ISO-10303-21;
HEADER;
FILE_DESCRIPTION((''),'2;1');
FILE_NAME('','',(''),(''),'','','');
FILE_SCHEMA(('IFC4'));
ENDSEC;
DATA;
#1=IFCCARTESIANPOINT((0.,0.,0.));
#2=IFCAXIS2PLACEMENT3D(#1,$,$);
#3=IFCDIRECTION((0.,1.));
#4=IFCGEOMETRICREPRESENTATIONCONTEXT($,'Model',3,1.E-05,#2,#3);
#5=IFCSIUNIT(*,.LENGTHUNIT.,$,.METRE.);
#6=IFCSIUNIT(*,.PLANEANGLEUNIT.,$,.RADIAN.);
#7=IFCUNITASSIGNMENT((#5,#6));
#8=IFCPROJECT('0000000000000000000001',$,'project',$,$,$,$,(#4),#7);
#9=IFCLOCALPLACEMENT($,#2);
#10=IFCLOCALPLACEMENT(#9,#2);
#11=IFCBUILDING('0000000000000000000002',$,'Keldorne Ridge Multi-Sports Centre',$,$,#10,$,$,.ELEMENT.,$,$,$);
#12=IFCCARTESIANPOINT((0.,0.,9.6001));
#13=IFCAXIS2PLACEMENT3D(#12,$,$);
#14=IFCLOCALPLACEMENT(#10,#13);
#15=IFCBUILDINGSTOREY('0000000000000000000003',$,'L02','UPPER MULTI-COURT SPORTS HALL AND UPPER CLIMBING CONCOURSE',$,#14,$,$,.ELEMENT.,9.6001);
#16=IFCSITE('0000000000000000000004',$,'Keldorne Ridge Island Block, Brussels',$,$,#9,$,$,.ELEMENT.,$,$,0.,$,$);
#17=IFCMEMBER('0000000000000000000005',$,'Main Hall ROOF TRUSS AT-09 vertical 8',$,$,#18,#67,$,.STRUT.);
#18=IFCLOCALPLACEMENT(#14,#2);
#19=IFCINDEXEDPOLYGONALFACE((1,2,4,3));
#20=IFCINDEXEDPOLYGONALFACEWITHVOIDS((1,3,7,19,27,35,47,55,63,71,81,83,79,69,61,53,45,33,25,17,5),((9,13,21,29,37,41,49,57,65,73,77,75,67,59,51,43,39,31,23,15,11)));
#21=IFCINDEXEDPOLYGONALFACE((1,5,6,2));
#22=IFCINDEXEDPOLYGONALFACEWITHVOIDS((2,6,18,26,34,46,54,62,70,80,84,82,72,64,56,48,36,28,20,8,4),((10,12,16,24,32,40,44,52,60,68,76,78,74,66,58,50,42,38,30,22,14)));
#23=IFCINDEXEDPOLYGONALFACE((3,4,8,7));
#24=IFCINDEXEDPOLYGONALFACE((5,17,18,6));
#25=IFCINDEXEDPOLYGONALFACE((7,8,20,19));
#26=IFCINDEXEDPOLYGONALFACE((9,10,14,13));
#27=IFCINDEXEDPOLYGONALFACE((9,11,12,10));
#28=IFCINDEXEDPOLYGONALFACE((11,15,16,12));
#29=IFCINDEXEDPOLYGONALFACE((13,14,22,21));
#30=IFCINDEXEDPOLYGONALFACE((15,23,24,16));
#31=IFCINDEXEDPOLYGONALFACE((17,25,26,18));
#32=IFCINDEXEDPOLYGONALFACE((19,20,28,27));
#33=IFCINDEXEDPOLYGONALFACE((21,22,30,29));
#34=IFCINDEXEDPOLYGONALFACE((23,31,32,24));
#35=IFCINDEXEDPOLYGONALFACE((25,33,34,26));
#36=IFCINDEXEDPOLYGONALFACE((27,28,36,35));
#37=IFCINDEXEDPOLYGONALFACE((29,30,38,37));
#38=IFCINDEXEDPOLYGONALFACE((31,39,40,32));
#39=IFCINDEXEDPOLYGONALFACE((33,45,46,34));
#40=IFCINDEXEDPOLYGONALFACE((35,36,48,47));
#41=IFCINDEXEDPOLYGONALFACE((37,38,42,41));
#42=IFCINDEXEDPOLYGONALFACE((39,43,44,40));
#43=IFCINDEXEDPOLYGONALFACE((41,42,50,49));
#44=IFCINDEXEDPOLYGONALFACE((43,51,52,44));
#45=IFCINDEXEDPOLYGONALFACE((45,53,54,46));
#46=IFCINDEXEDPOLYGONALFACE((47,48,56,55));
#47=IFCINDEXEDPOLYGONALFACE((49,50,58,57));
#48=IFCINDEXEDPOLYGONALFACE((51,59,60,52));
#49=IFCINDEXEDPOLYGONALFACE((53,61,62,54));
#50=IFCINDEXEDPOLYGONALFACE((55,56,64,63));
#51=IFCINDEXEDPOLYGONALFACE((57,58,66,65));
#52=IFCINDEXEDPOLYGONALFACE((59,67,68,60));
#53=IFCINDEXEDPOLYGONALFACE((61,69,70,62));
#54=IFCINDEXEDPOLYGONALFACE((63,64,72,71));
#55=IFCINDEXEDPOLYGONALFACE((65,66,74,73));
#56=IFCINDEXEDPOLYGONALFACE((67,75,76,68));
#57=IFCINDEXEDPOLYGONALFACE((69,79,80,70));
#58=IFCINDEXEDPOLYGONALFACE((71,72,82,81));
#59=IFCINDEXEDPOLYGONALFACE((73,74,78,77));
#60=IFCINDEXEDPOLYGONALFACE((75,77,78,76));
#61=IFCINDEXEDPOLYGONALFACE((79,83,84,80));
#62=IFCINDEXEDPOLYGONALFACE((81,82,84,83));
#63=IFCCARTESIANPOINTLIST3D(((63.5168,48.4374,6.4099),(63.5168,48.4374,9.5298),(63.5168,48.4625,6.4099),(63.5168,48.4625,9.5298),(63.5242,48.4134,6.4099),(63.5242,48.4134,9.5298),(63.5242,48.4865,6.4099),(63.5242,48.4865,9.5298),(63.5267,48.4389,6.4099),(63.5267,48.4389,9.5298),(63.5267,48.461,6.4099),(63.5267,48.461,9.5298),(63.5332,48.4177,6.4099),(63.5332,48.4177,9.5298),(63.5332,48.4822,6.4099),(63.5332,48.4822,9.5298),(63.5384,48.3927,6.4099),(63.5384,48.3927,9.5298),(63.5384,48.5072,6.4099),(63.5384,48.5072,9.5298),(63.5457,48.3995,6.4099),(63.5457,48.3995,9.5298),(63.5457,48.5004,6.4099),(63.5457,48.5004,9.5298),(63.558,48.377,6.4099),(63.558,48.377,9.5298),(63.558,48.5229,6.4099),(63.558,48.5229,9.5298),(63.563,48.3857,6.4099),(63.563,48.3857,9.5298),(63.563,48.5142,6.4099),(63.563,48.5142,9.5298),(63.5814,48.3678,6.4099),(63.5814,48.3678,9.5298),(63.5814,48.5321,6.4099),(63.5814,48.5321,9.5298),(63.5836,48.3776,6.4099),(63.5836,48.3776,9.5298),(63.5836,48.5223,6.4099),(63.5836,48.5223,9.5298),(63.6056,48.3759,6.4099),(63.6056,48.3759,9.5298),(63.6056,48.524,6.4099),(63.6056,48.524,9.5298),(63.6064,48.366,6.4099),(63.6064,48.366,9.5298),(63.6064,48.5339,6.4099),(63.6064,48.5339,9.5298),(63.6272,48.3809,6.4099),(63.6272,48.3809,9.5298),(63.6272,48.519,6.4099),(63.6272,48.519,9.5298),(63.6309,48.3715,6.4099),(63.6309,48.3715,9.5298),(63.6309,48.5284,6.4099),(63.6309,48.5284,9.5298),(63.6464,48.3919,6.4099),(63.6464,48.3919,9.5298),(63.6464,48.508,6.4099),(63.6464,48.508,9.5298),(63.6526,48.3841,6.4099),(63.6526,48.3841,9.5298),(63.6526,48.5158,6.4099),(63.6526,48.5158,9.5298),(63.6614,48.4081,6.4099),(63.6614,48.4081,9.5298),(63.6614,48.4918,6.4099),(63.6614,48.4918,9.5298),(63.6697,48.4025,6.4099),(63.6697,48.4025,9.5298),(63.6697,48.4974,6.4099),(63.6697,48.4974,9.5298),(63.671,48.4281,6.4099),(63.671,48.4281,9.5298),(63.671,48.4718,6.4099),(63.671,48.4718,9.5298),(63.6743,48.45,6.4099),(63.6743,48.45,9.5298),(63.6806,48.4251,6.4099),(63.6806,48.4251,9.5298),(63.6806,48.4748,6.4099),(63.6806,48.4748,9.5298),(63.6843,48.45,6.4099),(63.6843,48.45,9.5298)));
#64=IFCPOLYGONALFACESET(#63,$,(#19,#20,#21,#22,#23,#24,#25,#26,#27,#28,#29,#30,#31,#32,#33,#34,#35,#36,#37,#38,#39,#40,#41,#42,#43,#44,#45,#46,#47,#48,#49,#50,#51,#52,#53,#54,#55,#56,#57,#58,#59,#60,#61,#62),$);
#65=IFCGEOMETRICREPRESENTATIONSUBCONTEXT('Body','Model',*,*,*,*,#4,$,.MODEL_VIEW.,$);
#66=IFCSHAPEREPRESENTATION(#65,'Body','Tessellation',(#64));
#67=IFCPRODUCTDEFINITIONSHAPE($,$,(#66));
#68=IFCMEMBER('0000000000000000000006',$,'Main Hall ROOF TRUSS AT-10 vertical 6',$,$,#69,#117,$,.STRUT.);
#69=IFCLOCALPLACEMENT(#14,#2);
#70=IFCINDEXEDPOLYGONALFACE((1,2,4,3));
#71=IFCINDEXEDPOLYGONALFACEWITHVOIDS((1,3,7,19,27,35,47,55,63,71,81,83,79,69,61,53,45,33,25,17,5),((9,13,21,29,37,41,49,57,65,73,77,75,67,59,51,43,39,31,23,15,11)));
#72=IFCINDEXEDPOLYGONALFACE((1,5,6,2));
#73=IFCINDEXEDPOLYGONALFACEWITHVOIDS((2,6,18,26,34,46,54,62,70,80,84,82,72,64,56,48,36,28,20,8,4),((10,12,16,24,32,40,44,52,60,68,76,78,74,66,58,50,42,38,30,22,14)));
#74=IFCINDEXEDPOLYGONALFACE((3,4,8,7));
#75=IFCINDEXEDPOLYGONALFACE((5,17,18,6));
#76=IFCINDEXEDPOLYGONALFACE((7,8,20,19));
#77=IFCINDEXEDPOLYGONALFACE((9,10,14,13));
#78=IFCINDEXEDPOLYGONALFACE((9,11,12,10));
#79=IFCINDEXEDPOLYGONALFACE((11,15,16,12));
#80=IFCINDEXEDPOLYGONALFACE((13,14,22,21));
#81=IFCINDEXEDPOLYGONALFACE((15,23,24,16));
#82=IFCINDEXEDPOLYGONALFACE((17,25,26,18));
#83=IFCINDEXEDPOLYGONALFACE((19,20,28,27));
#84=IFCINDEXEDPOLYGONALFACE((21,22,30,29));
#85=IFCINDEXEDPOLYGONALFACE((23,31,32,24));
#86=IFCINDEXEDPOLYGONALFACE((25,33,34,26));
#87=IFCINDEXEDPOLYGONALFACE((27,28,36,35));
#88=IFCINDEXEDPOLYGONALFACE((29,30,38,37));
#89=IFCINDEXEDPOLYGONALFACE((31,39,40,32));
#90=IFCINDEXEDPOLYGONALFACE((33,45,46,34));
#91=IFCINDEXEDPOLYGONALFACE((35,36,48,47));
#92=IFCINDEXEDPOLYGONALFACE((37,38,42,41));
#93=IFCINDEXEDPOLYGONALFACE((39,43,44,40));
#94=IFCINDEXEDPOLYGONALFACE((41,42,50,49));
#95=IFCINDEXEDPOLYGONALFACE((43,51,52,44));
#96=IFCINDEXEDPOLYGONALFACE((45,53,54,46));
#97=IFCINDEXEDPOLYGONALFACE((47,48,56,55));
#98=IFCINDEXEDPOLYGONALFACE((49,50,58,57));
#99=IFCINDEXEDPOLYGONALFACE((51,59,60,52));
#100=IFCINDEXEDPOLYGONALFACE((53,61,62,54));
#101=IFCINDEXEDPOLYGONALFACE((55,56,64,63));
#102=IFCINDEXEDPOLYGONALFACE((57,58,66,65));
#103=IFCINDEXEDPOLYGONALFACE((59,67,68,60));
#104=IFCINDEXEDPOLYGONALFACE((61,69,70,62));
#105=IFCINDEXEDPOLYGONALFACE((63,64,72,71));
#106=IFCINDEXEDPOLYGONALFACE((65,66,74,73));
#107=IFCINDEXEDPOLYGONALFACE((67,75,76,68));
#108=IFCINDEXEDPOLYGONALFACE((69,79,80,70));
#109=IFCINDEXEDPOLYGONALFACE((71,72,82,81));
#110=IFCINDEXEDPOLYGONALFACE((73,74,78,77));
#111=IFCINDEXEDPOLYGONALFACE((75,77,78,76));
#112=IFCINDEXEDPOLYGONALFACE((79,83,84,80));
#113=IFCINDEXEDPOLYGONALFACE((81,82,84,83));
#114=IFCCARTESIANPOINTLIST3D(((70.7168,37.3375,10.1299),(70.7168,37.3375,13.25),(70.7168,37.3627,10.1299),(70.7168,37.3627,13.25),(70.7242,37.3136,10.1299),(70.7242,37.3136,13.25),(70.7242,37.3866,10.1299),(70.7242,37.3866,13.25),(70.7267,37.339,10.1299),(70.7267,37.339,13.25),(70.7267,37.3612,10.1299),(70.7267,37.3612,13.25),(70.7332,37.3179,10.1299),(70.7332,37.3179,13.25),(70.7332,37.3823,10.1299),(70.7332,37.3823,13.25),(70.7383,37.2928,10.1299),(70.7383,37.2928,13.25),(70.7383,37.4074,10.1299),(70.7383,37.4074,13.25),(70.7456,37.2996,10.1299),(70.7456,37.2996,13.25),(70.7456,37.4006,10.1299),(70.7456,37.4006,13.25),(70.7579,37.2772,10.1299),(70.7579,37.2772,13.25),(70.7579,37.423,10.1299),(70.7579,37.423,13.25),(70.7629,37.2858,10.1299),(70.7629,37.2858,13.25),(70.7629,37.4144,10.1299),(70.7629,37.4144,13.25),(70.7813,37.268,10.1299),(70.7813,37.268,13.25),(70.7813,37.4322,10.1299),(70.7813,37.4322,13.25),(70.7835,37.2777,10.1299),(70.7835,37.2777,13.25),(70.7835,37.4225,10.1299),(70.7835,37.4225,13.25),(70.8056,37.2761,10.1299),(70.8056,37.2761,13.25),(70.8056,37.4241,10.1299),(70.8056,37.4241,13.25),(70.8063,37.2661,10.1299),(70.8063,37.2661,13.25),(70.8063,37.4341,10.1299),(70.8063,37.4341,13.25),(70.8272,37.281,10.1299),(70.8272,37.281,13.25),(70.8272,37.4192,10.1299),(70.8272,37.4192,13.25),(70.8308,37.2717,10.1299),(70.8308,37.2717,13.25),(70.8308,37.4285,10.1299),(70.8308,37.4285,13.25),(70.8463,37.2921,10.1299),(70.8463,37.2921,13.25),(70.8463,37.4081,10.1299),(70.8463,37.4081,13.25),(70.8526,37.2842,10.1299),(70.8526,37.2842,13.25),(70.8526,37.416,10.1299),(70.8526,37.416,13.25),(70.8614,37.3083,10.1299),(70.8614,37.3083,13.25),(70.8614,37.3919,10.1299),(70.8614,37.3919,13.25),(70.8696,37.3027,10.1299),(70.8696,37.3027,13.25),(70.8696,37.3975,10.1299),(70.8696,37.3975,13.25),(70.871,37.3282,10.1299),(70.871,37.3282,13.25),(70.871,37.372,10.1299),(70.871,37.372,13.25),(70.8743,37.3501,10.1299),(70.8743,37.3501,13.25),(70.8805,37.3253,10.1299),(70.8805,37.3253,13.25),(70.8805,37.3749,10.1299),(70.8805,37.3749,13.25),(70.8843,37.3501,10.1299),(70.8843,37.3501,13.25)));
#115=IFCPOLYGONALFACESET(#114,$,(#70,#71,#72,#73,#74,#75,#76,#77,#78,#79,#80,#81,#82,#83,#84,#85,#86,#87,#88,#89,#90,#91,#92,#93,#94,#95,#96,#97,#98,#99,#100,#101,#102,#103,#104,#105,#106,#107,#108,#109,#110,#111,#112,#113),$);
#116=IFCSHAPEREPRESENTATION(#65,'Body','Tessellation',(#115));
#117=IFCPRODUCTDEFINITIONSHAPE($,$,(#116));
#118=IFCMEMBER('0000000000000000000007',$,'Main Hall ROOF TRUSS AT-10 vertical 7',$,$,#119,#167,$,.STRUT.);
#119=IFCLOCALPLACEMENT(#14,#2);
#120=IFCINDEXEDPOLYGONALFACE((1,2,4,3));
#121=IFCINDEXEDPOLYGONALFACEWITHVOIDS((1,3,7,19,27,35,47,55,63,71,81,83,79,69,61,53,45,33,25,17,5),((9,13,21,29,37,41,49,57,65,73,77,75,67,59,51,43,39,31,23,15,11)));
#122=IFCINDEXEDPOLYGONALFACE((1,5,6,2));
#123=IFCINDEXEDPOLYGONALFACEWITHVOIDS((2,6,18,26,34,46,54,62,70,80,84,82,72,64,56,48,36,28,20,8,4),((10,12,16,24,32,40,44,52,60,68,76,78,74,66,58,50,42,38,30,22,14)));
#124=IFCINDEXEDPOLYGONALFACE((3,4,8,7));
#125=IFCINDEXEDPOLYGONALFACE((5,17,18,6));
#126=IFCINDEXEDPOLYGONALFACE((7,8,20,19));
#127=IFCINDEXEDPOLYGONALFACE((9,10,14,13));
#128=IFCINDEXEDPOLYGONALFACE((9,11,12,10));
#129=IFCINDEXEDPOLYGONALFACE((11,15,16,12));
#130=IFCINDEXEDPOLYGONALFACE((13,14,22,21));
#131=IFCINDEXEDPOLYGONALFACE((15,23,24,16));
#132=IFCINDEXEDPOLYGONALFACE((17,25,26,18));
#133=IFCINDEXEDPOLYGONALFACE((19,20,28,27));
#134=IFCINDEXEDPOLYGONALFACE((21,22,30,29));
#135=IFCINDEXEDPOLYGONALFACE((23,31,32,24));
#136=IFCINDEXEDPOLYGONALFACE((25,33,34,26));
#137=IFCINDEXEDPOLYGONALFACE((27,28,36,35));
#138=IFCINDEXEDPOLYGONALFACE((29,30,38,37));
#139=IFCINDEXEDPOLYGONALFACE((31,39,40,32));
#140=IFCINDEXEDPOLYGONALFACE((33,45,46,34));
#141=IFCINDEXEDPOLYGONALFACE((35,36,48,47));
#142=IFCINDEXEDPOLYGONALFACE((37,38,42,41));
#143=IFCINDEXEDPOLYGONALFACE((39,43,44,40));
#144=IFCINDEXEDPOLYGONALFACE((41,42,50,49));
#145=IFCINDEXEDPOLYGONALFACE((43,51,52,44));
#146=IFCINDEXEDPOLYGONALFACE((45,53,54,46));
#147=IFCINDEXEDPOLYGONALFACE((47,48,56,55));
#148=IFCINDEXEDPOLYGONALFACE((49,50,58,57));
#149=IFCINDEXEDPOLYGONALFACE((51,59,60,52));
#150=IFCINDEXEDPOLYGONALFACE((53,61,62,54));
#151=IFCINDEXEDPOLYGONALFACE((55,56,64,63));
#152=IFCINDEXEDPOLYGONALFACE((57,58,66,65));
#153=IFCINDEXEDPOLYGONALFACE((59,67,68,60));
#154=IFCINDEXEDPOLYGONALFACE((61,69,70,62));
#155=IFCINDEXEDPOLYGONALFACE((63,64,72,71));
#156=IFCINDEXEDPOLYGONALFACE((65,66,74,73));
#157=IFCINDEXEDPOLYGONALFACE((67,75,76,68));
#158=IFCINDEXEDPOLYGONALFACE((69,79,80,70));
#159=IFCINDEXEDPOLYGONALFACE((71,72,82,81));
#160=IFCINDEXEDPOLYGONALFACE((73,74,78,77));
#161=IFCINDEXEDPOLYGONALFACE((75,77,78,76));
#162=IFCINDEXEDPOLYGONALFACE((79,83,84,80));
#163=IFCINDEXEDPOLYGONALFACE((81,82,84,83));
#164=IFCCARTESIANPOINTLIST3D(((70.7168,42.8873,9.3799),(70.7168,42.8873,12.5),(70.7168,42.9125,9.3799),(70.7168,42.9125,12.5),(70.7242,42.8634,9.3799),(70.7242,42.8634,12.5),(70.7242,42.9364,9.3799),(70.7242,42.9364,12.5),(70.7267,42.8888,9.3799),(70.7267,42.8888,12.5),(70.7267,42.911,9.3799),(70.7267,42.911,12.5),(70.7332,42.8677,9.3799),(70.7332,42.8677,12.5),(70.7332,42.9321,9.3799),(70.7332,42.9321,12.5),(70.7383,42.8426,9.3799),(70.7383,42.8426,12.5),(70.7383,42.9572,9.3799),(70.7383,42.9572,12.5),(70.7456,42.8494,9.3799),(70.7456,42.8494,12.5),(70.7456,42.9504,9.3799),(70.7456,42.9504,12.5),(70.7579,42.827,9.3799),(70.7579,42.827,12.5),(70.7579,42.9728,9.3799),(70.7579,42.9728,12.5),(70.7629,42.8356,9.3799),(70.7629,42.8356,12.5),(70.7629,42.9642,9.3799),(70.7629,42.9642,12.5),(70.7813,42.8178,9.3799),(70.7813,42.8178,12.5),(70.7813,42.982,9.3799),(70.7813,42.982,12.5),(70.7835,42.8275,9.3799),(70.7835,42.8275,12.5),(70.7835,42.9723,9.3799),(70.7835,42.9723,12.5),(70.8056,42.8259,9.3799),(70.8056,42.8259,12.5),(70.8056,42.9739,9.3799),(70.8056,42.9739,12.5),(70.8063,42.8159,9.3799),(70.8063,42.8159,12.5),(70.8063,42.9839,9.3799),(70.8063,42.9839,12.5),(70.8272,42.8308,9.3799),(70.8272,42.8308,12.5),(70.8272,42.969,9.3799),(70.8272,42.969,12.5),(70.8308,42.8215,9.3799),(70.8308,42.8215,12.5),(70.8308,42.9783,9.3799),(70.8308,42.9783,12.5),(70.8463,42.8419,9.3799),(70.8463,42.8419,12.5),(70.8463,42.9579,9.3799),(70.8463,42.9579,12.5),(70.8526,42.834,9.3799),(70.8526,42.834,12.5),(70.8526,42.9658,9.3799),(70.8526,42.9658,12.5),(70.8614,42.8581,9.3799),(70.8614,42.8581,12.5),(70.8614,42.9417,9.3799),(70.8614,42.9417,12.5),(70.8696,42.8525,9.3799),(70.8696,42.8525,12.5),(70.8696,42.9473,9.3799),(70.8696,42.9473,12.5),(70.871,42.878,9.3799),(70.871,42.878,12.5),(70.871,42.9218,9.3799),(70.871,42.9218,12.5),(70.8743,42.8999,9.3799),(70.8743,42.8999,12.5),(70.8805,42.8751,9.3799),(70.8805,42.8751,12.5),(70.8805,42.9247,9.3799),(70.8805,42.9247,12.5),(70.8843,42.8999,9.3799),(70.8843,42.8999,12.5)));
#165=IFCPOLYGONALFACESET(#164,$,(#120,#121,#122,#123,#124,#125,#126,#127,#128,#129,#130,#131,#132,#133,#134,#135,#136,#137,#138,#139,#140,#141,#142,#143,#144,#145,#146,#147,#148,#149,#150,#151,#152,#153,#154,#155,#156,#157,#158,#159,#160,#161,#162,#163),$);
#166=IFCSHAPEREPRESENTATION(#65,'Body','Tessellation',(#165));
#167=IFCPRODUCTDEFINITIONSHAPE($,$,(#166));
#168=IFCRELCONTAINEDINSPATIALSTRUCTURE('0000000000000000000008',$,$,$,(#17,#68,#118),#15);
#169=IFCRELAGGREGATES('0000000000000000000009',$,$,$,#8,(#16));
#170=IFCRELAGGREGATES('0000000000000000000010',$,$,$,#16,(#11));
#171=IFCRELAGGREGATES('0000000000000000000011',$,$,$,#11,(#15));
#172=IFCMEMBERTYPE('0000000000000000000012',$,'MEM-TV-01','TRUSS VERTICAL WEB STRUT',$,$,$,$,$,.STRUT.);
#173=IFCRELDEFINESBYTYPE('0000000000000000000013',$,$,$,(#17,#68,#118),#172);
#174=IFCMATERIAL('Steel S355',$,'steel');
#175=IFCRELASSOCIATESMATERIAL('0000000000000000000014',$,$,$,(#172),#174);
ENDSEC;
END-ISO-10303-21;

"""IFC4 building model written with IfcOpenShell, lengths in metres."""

from ifc_helpers import new_model, si_unit, direction, frame, origin, origin_2d, place, context, subcontext, project, spatial, hollow_circle, extrude, material, material_profile, profile_set, type_object, element, save


model = new_model("IFC4")

# Units and contexts
model_context = context("Model", 3, precision=1e-05, world=origin(), true_north=direction((0.0, 1.0)))
body_context = subcontext(model_context, "Body", "Model", "MODEL_VIEW")
ifc_project = project(units=[si_unit("LENGTHUNIT", "METRE"), si_unit("PLANEANGLEUNIT", "RADIAN")], contexts=[model_context])

# Site, building, storey
site_placement = place(None, origin())
site = spatial("IfcSite", under=ifc_project, at=site_placement, Name="Keldorne Ridge Island Block, Brussels", CompositionType="ELEMENT", RefElevation=0.0)
building_placement = place(site_placement, origin())
building = spatial("IfcBuilding", under=site, at=building_placement, Name="Keldorne Ridge Multi-Sports Centre", CompositionType="ELEMENT")
storey_placement = place(building_placement, frame((0.0, 0.0, 9.6001)))
storey = spatial("IfcBuildingStorey", under=building, at=storey_placement, Name="L02", Description="UPPER MULTI-COURT SPORTS HALL AND UPPER CLIMBING CONCOURSE", CompositionType="ELEMENT", Elevation=9.6001)

# Shared definitions
ifc_material = material(Name="Steel S355", Category="steel")

# Members
ifc_material_profile_1 = material_profile(ifc_material, hollow_circle(Radius=0.0842, WallThickness=0.01, at=origin_2d()), Name="CHS 168.3x10")
ifc_profile_set_1 = profile_set([ifc_material_profile_1], Name="Steel S355")
member_type_1 = type_object("IfcMemberType", Name="MEM-TV-01", Description="TRUSS VERTICAL WEB STRUT", PredefinedType="STRUT", material=ifc_profile_set_1)
for number, where, z_axis, x_axis, name in (
    (1, (63.6001, 48.45, 6.4099), (0.0, 0.0, 1.0), (1.0, 0.0, 0.0), "Main Hall ROOF TRUSS AT-09 vertical 8"),
):
    element("IfcMember", number, at=place(storey_placement, frame(where, z_axis=z_axis, x_axis=x_axis)), inside=storey, type_object=member_type_1, Name=name, PredefinedType="STRUT", context=body_context, shape_type="SweptSolid", body=[
        extrude(hollow_circle(Radius=0.0842, WallThickness=0.01, at=origin_2d()), origin(), (0.0, 0.0, 1.0), 3.1199),
    ])
for number, where, z_axis, x_axis, name in (
    (2, (70.8, 37.3501, 10.1299), (0.0, 0.0, 1.0), (1.0, 0.0, 0.0), "Main Hall ROOF TRUSS AT-10 vertical 6"),
    (3, (70.8, 42.8999, 9.3799), (0.0, 0.0, 1.0), (1.0, 0.0, 0.0), "Main Hall ROOF TRUSS AT-10 vertical 7"),
):
    element("IfcMember", number, at=place(storey_placement, frame(where, z_axis=z_axis, x_axis=x_axis)), inside=storey, type_object=member_type_1, Name=name, PredefinedType="STRUT", context=body_context, shape_type="SweptSolid", body=[
        extrude(hollow_circle(Radius=0.0842, WallThickness=0.01, at=origin_2d()), origin(), (0.0, 0.0, 1.0), 3.1201),
    ])

save(model, "model.ifc")
